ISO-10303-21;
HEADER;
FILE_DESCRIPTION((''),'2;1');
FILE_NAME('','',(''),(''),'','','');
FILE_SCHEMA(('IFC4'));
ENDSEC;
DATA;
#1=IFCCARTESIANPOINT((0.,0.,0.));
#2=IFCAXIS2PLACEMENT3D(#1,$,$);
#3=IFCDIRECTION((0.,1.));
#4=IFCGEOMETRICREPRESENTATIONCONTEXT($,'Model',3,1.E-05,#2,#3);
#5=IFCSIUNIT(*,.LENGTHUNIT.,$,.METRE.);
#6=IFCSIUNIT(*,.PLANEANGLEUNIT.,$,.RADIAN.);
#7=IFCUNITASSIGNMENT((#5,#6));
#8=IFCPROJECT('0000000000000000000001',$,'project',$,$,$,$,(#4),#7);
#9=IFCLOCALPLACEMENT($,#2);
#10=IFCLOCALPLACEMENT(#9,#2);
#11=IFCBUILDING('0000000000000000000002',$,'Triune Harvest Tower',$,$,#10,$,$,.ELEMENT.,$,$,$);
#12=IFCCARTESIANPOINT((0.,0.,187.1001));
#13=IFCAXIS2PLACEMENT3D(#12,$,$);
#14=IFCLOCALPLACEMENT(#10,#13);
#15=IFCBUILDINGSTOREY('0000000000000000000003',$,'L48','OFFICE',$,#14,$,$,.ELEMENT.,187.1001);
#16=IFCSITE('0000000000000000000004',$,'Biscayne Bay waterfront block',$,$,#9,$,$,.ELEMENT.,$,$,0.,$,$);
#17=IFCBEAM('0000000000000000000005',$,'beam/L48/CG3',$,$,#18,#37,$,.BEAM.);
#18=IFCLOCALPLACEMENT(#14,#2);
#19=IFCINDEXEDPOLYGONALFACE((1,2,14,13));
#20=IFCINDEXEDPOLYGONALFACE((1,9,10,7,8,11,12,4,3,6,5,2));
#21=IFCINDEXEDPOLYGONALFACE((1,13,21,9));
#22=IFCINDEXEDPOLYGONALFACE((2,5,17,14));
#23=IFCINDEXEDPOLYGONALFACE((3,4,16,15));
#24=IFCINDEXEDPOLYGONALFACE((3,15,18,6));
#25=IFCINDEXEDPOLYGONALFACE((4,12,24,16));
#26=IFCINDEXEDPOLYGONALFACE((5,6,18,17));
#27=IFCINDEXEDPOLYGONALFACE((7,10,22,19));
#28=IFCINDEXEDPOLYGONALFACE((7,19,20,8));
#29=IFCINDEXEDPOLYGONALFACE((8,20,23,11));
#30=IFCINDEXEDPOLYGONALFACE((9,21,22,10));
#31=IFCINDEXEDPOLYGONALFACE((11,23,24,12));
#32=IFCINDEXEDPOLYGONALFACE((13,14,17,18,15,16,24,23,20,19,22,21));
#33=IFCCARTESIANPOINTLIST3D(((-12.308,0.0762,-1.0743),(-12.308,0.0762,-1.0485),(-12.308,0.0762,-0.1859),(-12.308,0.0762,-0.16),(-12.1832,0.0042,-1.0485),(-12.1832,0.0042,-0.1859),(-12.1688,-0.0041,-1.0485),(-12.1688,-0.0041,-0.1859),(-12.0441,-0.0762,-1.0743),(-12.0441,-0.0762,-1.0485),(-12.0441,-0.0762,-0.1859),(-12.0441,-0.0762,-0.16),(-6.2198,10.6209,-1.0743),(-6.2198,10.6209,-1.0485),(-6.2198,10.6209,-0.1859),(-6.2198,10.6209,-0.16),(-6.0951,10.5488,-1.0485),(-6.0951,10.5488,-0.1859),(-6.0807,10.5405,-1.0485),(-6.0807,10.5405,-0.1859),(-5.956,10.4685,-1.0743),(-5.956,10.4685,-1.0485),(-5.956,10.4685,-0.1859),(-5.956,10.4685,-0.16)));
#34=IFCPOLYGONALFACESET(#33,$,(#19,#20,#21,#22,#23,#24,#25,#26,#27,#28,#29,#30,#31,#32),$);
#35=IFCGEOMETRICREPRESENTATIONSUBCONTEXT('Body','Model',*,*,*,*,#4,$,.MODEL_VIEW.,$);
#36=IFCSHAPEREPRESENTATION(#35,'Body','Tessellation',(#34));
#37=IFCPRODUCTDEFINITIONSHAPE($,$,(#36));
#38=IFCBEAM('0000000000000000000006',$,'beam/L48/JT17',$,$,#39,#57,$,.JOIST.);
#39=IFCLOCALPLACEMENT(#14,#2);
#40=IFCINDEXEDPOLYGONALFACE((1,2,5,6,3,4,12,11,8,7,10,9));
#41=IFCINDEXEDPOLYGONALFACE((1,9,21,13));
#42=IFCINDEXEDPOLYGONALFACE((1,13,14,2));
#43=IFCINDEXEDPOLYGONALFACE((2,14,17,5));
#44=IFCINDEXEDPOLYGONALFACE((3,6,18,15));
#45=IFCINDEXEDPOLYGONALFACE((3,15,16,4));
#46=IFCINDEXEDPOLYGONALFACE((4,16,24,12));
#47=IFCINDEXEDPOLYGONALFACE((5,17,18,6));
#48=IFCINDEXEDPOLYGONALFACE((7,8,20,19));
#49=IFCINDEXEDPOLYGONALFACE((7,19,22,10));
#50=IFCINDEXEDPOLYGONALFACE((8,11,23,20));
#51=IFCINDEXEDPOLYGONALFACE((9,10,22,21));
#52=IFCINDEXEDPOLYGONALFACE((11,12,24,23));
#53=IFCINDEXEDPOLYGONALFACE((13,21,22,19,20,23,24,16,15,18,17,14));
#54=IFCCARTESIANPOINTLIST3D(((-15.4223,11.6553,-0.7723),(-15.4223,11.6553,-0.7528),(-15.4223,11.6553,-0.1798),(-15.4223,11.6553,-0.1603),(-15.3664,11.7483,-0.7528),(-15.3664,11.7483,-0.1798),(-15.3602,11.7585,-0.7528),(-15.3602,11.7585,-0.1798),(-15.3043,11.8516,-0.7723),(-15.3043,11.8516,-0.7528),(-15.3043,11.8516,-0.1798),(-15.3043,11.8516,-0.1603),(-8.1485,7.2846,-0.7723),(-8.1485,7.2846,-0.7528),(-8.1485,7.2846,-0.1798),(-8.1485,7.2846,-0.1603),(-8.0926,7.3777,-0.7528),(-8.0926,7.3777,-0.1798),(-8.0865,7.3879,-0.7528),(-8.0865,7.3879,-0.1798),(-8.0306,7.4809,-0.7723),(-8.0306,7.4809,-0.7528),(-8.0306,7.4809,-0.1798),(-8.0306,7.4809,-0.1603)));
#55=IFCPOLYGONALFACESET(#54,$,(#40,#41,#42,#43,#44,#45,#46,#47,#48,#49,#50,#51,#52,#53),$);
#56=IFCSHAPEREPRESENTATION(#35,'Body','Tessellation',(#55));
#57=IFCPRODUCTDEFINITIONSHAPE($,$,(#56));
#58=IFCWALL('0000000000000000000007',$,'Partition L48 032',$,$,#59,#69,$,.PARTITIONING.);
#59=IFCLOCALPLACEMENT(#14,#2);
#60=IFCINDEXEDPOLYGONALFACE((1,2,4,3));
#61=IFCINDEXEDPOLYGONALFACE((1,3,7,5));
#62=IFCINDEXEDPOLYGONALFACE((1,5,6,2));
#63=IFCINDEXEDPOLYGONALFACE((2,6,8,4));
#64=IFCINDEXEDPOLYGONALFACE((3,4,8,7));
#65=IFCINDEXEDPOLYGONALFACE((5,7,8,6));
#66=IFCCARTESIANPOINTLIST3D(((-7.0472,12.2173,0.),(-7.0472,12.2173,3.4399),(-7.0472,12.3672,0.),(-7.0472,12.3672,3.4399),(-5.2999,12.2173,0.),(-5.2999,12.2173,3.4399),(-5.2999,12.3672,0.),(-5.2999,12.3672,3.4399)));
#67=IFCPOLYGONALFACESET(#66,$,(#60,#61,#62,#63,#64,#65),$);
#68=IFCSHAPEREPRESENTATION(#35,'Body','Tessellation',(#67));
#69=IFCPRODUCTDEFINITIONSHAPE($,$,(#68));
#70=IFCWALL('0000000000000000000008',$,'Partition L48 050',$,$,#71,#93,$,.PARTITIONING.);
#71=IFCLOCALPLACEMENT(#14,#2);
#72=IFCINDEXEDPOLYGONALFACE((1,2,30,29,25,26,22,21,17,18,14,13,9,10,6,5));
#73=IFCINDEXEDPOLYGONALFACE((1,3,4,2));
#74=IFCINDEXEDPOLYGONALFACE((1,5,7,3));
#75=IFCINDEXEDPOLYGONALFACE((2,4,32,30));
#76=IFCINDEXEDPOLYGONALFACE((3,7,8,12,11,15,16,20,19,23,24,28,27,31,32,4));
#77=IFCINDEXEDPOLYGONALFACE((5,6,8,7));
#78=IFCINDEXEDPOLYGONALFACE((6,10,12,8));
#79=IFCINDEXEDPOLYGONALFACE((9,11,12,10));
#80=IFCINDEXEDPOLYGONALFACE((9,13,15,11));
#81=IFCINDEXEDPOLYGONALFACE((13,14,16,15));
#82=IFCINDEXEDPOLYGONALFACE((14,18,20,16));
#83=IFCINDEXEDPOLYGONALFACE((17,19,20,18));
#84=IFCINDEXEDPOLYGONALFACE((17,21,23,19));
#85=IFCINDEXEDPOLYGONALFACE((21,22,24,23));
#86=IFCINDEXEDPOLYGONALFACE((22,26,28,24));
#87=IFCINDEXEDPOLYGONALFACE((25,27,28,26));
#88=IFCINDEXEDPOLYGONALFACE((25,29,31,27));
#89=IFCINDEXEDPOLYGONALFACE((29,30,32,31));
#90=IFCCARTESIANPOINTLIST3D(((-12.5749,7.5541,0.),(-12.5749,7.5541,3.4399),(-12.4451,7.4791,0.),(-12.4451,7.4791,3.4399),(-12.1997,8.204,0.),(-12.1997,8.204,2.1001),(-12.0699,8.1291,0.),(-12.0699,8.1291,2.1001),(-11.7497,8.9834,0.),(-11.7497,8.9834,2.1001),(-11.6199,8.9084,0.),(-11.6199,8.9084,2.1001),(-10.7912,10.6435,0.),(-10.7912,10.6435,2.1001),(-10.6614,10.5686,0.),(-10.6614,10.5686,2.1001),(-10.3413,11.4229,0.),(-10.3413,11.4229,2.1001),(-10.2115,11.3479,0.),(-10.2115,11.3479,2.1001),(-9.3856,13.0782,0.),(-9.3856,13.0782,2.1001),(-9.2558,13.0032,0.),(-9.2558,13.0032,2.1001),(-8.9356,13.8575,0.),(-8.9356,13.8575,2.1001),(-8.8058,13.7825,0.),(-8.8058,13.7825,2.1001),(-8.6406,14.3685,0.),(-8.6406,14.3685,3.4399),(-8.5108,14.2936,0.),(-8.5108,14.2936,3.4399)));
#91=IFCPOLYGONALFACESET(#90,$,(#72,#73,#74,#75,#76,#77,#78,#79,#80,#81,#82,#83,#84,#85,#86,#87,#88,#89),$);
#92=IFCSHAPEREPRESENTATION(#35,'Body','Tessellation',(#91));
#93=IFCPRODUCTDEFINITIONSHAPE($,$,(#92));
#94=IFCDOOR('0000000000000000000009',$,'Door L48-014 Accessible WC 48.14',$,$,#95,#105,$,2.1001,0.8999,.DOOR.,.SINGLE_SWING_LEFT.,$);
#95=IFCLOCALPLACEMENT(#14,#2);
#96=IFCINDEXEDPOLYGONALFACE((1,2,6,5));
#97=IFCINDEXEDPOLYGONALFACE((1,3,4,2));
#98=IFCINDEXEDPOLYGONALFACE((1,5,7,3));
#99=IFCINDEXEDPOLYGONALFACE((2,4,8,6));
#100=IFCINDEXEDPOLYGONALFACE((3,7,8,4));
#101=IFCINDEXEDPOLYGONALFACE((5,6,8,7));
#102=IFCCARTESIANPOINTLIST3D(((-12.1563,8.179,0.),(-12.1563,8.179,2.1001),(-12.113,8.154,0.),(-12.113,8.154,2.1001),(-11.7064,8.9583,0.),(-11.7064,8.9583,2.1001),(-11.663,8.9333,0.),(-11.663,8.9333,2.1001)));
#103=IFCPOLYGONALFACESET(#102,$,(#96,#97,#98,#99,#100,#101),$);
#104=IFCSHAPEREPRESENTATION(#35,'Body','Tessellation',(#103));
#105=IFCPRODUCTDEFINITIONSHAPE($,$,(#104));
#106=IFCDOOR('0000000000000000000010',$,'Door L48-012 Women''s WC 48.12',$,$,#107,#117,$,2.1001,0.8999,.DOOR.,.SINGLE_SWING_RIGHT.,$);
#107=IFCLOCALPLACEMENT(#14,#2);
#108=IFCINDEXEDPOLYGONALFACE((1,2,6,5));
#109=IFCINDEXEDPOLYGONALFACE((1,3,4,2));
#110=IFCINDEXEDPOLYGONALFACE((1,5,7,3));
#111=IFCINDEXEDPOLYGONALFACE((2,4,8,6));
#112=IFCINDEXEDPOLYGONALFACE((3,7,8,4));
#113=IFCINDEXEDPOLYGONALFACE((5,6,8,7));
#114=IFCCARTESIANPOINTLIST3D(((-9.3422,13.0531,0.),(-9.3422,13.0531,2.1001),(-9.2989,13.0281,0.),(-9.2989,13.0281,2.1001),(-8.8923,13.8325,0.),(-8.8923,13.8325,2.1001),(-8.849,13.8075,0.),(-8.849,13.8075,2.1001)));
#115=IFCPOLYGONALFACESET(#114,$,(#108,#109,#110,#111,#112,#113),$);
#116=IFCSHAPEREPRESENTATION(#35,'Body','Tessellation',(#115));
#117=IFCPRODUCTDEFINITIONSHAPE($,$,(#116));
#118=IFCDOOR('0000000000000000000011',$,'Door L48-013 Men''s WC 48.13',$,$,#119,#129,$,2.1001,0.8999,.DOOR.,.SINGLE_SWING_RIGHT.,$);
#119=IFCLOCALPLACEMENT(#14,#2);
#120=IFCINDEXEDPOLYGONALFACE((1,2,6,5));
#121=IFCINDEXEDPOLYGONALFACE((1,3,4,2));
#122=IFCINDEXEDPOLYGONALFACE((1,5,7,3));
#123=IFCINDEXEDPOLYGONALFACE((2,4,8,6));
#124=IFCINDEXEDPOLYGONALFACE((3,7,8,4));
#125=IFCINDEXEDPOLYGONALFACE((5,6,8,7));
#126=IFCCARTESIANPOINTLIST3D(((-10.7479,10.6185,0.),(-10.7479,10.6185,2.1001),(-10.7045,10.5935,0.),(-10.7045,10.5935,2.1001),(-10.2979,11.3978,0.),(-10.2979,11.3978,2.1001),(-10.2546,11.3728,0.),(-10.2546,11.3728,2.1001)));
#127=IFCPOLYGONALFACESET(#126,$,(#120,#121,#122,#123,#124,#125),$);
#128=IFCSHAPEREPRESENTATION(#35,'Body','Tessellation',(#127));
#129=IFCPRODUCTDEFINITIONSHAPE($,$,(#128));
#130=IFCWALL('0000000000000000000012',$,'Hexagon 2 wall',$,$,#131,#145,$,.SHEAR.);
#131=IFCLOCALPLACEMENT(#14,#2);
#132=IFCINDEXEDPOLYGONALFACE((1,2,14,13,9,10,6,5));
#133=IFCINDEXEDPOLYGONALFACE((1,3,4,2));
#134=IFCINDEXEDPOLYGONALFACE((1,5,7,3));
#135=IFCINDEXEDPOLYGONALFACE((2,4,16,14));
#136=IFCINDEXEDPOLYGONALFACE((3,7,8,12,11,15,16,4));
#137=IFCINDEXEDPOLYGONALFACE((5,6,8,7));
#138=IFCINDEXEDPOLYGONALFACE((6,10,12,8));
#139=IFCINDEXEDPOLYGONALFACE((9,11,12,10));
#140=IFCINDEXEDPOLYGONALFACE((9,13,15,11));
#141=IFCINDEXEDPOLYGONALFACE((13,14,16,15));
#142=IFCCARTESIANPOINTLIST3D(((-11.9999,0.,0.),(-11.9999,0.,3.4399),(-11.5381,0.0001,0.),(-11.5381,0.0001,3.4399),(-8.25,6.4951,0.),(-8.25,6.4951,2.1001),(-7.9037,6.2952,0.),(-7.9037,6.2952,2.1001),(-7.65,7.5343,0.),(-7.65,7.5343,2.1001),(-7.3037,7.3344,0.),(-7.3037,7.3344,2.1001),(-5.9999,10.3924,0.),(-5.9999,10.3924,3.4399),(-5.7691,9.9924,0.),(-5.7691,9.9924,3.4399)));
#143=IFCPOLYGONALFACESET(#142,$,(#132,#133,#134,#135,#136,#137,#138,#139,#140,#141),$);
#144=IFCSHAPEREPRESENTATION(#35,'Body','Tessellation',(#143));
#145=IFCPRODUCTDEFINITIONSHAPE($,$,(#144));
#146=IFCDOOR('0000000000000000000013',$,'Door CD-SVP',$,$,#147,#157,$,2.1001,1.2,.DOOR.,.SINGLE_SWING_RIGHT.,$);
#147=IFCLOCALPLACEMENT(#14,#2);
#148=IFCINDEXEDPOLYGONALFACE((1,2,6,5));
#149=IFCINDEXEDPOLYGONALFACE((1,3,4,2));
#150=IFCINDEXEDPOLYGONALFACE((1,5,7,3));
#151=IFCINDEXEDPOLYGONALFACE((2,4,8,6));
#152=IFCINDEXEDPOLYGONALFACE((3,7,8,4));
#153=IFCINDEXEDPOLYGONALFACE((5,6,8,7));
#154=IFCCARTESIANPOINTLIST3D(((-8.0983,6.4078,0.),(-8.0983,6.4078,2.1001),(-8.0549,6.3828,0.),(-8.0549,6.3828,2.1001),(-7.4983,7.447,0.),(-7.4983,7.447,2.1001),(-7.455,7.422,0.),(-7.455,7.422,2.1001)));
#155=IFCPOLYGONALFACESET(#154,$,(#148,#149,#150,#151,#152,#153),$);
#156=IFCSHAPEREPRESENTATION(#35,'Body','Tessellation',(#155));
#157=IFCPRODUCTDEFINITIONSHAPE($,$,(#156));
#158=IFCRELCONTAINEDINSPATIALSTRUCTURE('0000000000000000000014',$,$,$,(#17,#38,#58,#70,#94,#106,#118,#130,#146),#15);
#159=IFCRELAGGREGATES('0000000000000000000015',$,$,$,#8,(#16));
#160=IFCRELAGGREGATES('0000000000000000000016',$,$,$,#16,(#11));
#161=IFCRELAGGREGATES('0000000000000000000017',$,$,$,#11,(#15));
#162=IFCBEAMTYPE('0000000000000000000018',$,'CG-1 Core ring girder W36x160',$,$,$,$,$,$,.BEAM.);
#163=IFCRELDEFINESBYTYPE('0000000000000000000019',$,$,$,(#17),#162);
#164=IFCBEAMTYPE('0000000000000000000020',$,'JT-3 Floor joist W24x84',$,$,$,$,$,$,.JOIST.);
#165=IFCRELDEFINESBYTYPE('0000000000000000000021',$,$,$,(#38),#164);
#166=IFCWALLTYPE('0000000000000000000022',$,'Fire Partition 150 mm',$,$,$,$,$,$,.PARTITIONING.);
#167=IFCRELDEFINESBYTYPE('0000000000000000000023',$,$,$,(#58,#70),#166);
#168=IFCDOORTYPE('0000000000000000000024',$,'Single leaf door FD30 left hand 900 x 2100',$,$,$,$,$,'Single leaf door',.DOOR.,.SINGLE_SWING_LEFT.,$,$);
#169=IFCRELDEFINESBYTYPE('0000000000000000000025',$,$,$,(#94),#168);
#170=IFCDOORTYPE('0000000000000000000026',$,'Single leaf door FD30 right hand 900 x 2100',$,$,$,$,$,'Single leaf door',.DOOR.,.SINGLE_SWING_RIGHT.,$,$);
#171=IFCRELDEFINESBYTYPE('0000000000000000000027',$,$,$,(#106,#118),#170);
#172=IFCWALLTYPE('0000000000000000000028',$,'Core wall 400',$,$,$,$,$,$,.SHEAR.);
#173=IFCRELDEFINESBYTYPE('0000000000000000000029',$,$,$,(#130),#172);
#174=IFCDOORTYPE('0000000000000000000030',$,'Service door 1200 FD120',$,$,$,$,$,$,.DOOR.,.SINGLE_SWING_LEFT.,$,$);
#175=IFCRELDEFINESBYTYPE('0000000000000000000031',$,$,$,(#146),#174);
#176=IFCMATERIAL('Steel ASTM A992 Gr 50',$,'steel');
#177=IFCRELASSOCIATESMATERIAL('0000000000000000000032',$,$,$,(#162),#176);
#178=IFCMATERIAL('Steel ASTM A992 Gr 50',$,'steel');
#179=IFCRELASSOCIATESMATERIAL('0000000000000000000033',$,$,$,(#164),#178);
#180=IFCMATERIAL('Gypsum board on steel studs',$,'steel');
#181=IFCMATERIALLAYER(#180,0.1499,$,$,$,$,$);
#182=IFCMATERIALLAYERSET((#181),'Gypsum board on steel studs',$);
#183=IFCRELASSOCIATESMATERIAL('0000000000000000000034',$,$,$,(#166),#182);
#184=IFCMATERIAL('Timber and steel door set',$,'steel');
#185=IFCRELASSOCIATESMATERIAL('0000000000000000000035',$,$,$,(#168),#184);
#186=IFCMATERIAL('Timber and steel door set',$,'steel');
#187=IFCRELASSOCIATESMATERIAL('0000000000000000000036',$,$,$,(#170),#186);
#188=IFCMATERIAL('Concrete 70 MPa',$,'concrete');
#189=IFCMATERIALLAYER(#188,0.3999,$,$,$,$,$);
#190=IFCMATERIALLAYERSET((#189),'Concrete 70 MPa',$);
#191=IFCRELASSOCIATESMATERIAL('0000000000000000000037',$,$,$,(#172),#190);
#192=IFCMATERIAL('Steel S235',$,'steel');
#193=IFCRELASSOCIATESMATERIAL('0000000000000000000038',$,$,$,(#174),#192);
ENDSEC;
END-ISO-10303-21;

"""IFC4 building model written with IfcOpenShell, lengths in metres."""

from ifc_helpers import new_model, si_unit, direction, frame, frame_2d, origin, origin_2d, place, context, subcontext, project, spatial, polyline, rectangle, i_section, outline, extrude, source, transform, mapped, material, layer, layer_set, material_profile, profile_set, type_object, element, fill, save


model = new_model("IFC4")

# Units and contexts
model_context = context("Model", 3, precision=1e-05, world=origin(), true_north=direction((0.0, 1.0)))
body_context = subcontext(model_context, "Body", "Model", "MODEL_VIEW")
ifc_project = project(units=[si_unit("LENGTHUNIT", "METRE"), si_unit("PLANEANGLEUNIT", "RADIAN")], contexts=[model_context])

# Site, building, storey
site_placement = place(None, origin())
site = spatial("IfcSite", under=ifc_project, at=site_placement, Name="Biscayne Bay waterfront block", CompositionType="ELEMENT", RefElevation=0.0)
building_placement = place(site_placement, origin())
building = spatial("IfcBuilding", under=site, at=building_placement, Name="Triune Harvest Tower", CompositionType="ELEMENT")
storey_placement = place(building_placement, frame((0.0, 0.0, 187.1001)))
storey = spatial("IfcBuildingStorey", under=building, at=storey_placement, Name="L48", Description="OFFICE", CompositionType="ELEMENT", Elevation=187.1001)

# Beams
ifc_material_1 = material(Name="Steel ASTM A992 Gr 50", Category="steel")
ifc_material_profile_1 = material_profile(ifc_material_1, i_section(OverallWidth=0.3047, OverallDepth=0.9143, WebThickness=0.0166, FlangeThickness=0.0259, at=origin_2d()), Name="W36x160")
ifc_profile_set_1 = profile_set([ifc_material_profile_1], Name="Steel ASTM A992 Gr 50")
beam_type_1 = type_object("IfcBeamType", Name="CG-1 Core ring girder W36x160", PredefinedType="BEAM", material=ifc_profile_set_1)
shared_shape_1 = source(origin(), body_context, "Body", "SweptSolid", [
    extrude(i_section(OverallWidth=0.3047, OverallDepth=0.9143, WebThickness=0.0166, FlangeThickness=0.0259, at=origin_2d()), origin(), (0.0, 0.0, 1.0), 12.176),
])
beam_1_placement = place(storey_placement, frame((-6.0879, 10.5447, -0.6172), z_axis=(-0.50001, -0.86602, 0.0), x_axis=(0.86602, -0.50001, 0.0)))
element("IfcBeam", 1, at=beam_1_placement, inside=storey, type_object=beam_type_1, Name="beam/L48/CG3", PredefinedType="BEAM", context=body_context, shape_type="MappedRepresentation", body=[
    mapped(shared_shape_1, transform((0.0, 0.0, 0.0), scale=1.0)),
])
ifc_material_2 = material(Name="Steel ASTM A992 Gr 50", Category="steel")
ifc_material_profile_2 = material_profile(ifc_material_2, i_section(OverallWidth=0.229, OverallDepth=0.6121, WebThickness=0.012, FlangeThickness=0.0195, at=origin_2d()), Name="W24x84")
ifc_profile_set_2 = profile_set([ifc_material_profile_2], Name="Steel ASTM A992 Gr 50")
beam_type_2 = type_object("IfcBeamType", Name="JT-3 Floor joist W24x84", PredefinedType="JOIST", material=ifc_profile_set_2)
shared_shape_2 = source(origin(), body_context, "Body", "SweptSolid", [
    extrude(i_section(OverallWidth=0.229, OverallDepth=0.6121, WebThickness=0.012, FlangeThickness=0.0195, at=origin_2d()), origin(), (0.0, 0.0, 1.0), 8.4858),
])
beam_2_placement = place(storey_placement, frame((-15.3633, 11.7534, -0.4663), z_axis=(0.85716, -0.51505, 0.0), x_axis=(0.51505, 0.85716, 0.0)))
element("IfcBeam", 2, at=beam_2_placement, inside=storey, type_object=beam_type_2, Name="beam/L48/JT17", PredefinedType="JOIST", context=body_context, shape_type="MappedRepresentation", body=[
    mapped(shared_shape_2, transform((0.0, 0.0, 0.0), scale=1.0)),
])

# Wall
ifc_material_3 = material(Name="Gypsum board on steel studs", Category="steel")
ifc_layer_1 = layer(ifc_material_3, 0.1499)
ifc_layer_set_1 = layer_set([ifc_layer_1], Name="Gypsum board on steel studs")
wall_type_1 = type_object("IfcWallType", Name="Fire Partition 150 mm", PredefinedType="PARTITIONING", material=ifc_layer_set_1)
wall_1_placement = place(storey_placement, frame((-7.0471, 12.2922, 0.0), z_axis=(0.0, 0.0, 1.0), x_axis=(1.0, 0.0, 0.0)))
element("IfcWall", 3, at=wall_1_placement, inside=storey, type_object=wall_type_1, Name="Partition L48 032", PredefinedType="PARTITIONING", context=body_context, shape_type="SweptSolid", body=[
    extrude(rectangle(XDim=1.7473, YDim=0.1499, at=frame_2d((0.8735, 0.0))), origin(), (0.0, 0.0, 1.0), 3.4399),
])

# Wall, openings, doors
wall_2_placement = place(storey_placement, frame((-12.51, 7.5166, 0.0), z_axis=(0.0, 0.0, 1.0), x_axis=(0.5, 0.866025, 0.0)))
wall_2 = element("IfcWall", 4, at=wall_2_placement, inside=storey, type_object=wall_type_1, Name="Partition L48 050", PredefinedType="PARTITIONING", context=body_context, shape_type="SweptSolid", body=[
    extrude(rectangle(XDim=7.8687, YDim=0.1499, at=frame_2d((3.9343, 0.0))), origin(), (0.0, 0.0, 1.0), 3.4399),
])
opening_1_placement = place(wall_2_placement, frame((6.3787, 0.0, 0.0)))
opening_1 = element("IfcOpeningElement", 5, at=opening_1_placement, cuts=wall_2, PredefinedType="OPENING", context=body_context, shape_type="SweptSolid", body=[
    extrude(rectangle(XDim=0.8999, YDim=2.1001, at=frame_2d((0.45, 1.05))), frame((0.0, 0.085, 0.0), z_axis=(0.0, -1.0, 0.0), x_axis=(1.0, 0.0, 0.0)), (0.0, 0.0, 1.0), 0.1699),
])
opening_2_placement = place(wall_2_placement, frame((3.5674, 0.0, 0.0)))
opening_2 = element("IfcOpeningElement", 6, at=opening_2_placement, cuts=wall_2, PredefinedType="OPENING", context=body_context, shape_type="SweptSolid", body=[
    extrude(rectangle(XDim=0.8999, YDim=2.1001, at=frame_2d((0.45, 1.05))), frame((0.0, 0.085, 0.0), z_axis=(0.0, -1.0, 0.0), x_axis=(1.0, 0.0, 0.0)), (0.0, 0.0, 1.0), 0.1699),
])
opening_3_placement = place(wall_2_placement, frame((0.7505, 0.0, 0.0)))
opening_3 = element("IfcOpeningElement", 7, at=opening_3_placement, cuts=wall_2, PredefinedType="OPENING", context=body_context, shape_type="SweptSolid", body=[
    extrude(rectangle(XDim=0.8999, YDim=2.1001, at=frame_2d((0.45, 1.05))), frame((0.0, 0.085, 0.0), z_axis=(0.0, -1.0, 0.0), x_axis=(1.0, 0.0, 0.0)), (0.0, 0.0, 1.0), 0.1699),
])
ifc_material_4 = material(Name="Timber and steel door set", Category="steel")
door_type_1 = type_object("IfcDoorType", Name="Single leaf door FD30 left hand 900 x 2100", ElementType="Single leaf door", OperationType="SINGLE_SWING_LEFT", PredefinedType="DOOR", material=ifc_material_4)
door_1_placement = place(opening_3_placement, origin())
door_1 = element("IfcDoor", 8, at=door_1_placement, inside=storey, type_object=door_type_1, Name="Door L48-014 Accessible WC 48.14", OperationType="SINGLE_SWING_LEFT", OverallHeight=2.1001, OverallWidth=0.8999, PredefinedType="DOOR", context=body_context, shape_type="SweptSolid", body=[
    extrude(rectangle(XDim=0.8999, YDim=2.1001, at=frame_2d((0.45, 1.05))), frame((0.0, 0.0249, 0.0), z_axis=(0.0, -1.0, 0.0), x_axis=(1.0, 0.0, 0.0)), (0.0, 0.0, 1.0), 0.05),
])
fill(opening_3, door_1)
ifc_material_5 = material(Name="Timber and steel door set", Category="steel")
door_type_2 = type_object("IfcDoorType", Name="Single leaf door FD30 right hand 900 x 2100", ElementType="Single leaf door", OperationType="SINGLE_SWING_RIGHT", PredefinedType="DOOR", material=ifc_material_5)
door_2_placement = place(opening_1_placement, origin())
door_2 = element("IfcDoor", 9, at=door_2_placement, inside=storey, type_object=door_type_2, Name="Door L48-012 Women's WC 48.12", OperationType="SINGLE_SWING_RIGHT", OverallHeight=2.1001, OverallWidth=0.8999, PredefinedType="DOOR", context=body_context, shape_type="SweptSolid", body=[
    extrude(rectangle(XDim=0.8999, YDim=2.1001, at=frame_2d((0.45, 1.05))), frame((0.0, 0.0249, 0.0), z_axis=(0.0, -1.0, 0.0), x_axis=(1.0, 0.0, 0.0)), (0.0, 0.0, 1.0), 0.05),
])
fill(opening_1, door_2)
door_3_placement = place(opening_2_placement, origin())
door_3 = element("IfcDoor", 10, at=door_3_placement, inside=storey, type_object=door_type_2, Name="Door L48-013 Men's WC 48.13", OperationType="SINGLE_SWING_RIGHT", OverallHeight=2.1001, OverallWidth=0.8999, PredefinedType="DOOR", context=body_context, shape_type="SweptSolid", body=[
    extrude(rectangle(XDim=0.8999, YDim=2.1001, at=frame_2d((0.45, 1.05))), frame((0.0, 0.0249, 0.0), z_axis=(0.0, -1.0, 0.0), x_axis=(1.0, 0.0, 0.0)), (0.0, 0.0, 1.0), 0.05),
])
fill(opening_2, door_3)

# Wall, opening, door
ifc_material_6 = material(Name="Concrete 70 MPa", Category="concrete")
ifc_layer_2 = layer(ifc_material_6, 0.3999)
ifc_layer_set_2 = layer_set([ifc_layer_2], Name="Concrete 70 MPa")
wall_type_2 = type_object("IfcWallType", Name="Core wall 400", PredefinedType="SHEAR", material=ifc_layer_set_2)
shared_shape_3 = source(origin(), body_context, "Body", "SweptSolid", [
    extrude(outline(polyline([(-0.1155, -0.2), (11.8845, -0.2), (11.6536, 0.2), (0.1155, 0.2), (-0.1155, -0.2)])), origin(), (0.0, 0.0, 1.0), 3.4399),
])
wall_3_placement = place(storey_placement, frame((-5.8845, 10.1924, 0.0), z_axis=(0.0, 0.0, 1.0), x_axis=(-0.499997, -0.866027, 0.0)))
wall_3 = element("IfcWall", 11, at=wall_3_placement, inside=storey, type_object=wall_type_2, Name="Hexagon 2 wall", PredefinedType="SHEAR", context=body_context, shape_type="MappedRepresentation", body=[
    mapped(shared_shape_3, transform((0.0, 0.0, 0.0), scale=1.0)),
])
opening_4_placement = place(wall_3_placement, frame((3.1846, 0.0, 0.0)))
opening_4 = element("IfcOpeningElement", 12, at=opening_4_placement, cuts=wall_3, PredefinedType="OPENING", context=body_context, shape_type="SweptSolid", body=[
    extrude(rectangle(XDim=1.2, YDim=2.1001, at=frame_2d((0.6001, 1.05))), frame((0.0, 0.21, 0.0), z_axis=(0.0, -1.0, 0.0), x_axis=(1.0, 0.0, 0.0)), (0.0, 0.0, 1.0), 0.4199),
])
ifc_material_7 = material(Name="Steel S235", Category="steel")
door_type_3 = type_object("IfcDoorType", Name="Service door 1200 FD120", OperationType="SINGLE_SWING_LEFT", PredefinedType="DOOR", material=ifc_material_7)
door_4_placement = place(opening_4_placement, frame((1.2, 0.0, 0.0), z_axis=(0.0, 0.0, 1.0), x_axis=(-1.0, 0.0, 0.0)))
door_4 = element("IfcDoor", 13, at=door_4_placement, inside=storey, type_object=door_type_3, Name="Door CD-SVP", OperationType="SINGLE_SWING_RIGHT", OverallHeight=2.1001, OverallWidth=1.2, PredefinedType="DOOR", context=body_context, shape_type="SweptSolid", body=[
    extrude(rectangle(XDim=1.2, YDim=2.1001, at=frame_2d((0.6001, 1.05))), frame((0.0, 0.0249, 0.0), z_axis=(0.0, -1.0, 0.0), x_axis=(1.0, 0.0, 0.0)), (0.0, 0.0, 1.0), 0.05),
])
fill(opening_4, door_4)

save(model, "model.ifc")
